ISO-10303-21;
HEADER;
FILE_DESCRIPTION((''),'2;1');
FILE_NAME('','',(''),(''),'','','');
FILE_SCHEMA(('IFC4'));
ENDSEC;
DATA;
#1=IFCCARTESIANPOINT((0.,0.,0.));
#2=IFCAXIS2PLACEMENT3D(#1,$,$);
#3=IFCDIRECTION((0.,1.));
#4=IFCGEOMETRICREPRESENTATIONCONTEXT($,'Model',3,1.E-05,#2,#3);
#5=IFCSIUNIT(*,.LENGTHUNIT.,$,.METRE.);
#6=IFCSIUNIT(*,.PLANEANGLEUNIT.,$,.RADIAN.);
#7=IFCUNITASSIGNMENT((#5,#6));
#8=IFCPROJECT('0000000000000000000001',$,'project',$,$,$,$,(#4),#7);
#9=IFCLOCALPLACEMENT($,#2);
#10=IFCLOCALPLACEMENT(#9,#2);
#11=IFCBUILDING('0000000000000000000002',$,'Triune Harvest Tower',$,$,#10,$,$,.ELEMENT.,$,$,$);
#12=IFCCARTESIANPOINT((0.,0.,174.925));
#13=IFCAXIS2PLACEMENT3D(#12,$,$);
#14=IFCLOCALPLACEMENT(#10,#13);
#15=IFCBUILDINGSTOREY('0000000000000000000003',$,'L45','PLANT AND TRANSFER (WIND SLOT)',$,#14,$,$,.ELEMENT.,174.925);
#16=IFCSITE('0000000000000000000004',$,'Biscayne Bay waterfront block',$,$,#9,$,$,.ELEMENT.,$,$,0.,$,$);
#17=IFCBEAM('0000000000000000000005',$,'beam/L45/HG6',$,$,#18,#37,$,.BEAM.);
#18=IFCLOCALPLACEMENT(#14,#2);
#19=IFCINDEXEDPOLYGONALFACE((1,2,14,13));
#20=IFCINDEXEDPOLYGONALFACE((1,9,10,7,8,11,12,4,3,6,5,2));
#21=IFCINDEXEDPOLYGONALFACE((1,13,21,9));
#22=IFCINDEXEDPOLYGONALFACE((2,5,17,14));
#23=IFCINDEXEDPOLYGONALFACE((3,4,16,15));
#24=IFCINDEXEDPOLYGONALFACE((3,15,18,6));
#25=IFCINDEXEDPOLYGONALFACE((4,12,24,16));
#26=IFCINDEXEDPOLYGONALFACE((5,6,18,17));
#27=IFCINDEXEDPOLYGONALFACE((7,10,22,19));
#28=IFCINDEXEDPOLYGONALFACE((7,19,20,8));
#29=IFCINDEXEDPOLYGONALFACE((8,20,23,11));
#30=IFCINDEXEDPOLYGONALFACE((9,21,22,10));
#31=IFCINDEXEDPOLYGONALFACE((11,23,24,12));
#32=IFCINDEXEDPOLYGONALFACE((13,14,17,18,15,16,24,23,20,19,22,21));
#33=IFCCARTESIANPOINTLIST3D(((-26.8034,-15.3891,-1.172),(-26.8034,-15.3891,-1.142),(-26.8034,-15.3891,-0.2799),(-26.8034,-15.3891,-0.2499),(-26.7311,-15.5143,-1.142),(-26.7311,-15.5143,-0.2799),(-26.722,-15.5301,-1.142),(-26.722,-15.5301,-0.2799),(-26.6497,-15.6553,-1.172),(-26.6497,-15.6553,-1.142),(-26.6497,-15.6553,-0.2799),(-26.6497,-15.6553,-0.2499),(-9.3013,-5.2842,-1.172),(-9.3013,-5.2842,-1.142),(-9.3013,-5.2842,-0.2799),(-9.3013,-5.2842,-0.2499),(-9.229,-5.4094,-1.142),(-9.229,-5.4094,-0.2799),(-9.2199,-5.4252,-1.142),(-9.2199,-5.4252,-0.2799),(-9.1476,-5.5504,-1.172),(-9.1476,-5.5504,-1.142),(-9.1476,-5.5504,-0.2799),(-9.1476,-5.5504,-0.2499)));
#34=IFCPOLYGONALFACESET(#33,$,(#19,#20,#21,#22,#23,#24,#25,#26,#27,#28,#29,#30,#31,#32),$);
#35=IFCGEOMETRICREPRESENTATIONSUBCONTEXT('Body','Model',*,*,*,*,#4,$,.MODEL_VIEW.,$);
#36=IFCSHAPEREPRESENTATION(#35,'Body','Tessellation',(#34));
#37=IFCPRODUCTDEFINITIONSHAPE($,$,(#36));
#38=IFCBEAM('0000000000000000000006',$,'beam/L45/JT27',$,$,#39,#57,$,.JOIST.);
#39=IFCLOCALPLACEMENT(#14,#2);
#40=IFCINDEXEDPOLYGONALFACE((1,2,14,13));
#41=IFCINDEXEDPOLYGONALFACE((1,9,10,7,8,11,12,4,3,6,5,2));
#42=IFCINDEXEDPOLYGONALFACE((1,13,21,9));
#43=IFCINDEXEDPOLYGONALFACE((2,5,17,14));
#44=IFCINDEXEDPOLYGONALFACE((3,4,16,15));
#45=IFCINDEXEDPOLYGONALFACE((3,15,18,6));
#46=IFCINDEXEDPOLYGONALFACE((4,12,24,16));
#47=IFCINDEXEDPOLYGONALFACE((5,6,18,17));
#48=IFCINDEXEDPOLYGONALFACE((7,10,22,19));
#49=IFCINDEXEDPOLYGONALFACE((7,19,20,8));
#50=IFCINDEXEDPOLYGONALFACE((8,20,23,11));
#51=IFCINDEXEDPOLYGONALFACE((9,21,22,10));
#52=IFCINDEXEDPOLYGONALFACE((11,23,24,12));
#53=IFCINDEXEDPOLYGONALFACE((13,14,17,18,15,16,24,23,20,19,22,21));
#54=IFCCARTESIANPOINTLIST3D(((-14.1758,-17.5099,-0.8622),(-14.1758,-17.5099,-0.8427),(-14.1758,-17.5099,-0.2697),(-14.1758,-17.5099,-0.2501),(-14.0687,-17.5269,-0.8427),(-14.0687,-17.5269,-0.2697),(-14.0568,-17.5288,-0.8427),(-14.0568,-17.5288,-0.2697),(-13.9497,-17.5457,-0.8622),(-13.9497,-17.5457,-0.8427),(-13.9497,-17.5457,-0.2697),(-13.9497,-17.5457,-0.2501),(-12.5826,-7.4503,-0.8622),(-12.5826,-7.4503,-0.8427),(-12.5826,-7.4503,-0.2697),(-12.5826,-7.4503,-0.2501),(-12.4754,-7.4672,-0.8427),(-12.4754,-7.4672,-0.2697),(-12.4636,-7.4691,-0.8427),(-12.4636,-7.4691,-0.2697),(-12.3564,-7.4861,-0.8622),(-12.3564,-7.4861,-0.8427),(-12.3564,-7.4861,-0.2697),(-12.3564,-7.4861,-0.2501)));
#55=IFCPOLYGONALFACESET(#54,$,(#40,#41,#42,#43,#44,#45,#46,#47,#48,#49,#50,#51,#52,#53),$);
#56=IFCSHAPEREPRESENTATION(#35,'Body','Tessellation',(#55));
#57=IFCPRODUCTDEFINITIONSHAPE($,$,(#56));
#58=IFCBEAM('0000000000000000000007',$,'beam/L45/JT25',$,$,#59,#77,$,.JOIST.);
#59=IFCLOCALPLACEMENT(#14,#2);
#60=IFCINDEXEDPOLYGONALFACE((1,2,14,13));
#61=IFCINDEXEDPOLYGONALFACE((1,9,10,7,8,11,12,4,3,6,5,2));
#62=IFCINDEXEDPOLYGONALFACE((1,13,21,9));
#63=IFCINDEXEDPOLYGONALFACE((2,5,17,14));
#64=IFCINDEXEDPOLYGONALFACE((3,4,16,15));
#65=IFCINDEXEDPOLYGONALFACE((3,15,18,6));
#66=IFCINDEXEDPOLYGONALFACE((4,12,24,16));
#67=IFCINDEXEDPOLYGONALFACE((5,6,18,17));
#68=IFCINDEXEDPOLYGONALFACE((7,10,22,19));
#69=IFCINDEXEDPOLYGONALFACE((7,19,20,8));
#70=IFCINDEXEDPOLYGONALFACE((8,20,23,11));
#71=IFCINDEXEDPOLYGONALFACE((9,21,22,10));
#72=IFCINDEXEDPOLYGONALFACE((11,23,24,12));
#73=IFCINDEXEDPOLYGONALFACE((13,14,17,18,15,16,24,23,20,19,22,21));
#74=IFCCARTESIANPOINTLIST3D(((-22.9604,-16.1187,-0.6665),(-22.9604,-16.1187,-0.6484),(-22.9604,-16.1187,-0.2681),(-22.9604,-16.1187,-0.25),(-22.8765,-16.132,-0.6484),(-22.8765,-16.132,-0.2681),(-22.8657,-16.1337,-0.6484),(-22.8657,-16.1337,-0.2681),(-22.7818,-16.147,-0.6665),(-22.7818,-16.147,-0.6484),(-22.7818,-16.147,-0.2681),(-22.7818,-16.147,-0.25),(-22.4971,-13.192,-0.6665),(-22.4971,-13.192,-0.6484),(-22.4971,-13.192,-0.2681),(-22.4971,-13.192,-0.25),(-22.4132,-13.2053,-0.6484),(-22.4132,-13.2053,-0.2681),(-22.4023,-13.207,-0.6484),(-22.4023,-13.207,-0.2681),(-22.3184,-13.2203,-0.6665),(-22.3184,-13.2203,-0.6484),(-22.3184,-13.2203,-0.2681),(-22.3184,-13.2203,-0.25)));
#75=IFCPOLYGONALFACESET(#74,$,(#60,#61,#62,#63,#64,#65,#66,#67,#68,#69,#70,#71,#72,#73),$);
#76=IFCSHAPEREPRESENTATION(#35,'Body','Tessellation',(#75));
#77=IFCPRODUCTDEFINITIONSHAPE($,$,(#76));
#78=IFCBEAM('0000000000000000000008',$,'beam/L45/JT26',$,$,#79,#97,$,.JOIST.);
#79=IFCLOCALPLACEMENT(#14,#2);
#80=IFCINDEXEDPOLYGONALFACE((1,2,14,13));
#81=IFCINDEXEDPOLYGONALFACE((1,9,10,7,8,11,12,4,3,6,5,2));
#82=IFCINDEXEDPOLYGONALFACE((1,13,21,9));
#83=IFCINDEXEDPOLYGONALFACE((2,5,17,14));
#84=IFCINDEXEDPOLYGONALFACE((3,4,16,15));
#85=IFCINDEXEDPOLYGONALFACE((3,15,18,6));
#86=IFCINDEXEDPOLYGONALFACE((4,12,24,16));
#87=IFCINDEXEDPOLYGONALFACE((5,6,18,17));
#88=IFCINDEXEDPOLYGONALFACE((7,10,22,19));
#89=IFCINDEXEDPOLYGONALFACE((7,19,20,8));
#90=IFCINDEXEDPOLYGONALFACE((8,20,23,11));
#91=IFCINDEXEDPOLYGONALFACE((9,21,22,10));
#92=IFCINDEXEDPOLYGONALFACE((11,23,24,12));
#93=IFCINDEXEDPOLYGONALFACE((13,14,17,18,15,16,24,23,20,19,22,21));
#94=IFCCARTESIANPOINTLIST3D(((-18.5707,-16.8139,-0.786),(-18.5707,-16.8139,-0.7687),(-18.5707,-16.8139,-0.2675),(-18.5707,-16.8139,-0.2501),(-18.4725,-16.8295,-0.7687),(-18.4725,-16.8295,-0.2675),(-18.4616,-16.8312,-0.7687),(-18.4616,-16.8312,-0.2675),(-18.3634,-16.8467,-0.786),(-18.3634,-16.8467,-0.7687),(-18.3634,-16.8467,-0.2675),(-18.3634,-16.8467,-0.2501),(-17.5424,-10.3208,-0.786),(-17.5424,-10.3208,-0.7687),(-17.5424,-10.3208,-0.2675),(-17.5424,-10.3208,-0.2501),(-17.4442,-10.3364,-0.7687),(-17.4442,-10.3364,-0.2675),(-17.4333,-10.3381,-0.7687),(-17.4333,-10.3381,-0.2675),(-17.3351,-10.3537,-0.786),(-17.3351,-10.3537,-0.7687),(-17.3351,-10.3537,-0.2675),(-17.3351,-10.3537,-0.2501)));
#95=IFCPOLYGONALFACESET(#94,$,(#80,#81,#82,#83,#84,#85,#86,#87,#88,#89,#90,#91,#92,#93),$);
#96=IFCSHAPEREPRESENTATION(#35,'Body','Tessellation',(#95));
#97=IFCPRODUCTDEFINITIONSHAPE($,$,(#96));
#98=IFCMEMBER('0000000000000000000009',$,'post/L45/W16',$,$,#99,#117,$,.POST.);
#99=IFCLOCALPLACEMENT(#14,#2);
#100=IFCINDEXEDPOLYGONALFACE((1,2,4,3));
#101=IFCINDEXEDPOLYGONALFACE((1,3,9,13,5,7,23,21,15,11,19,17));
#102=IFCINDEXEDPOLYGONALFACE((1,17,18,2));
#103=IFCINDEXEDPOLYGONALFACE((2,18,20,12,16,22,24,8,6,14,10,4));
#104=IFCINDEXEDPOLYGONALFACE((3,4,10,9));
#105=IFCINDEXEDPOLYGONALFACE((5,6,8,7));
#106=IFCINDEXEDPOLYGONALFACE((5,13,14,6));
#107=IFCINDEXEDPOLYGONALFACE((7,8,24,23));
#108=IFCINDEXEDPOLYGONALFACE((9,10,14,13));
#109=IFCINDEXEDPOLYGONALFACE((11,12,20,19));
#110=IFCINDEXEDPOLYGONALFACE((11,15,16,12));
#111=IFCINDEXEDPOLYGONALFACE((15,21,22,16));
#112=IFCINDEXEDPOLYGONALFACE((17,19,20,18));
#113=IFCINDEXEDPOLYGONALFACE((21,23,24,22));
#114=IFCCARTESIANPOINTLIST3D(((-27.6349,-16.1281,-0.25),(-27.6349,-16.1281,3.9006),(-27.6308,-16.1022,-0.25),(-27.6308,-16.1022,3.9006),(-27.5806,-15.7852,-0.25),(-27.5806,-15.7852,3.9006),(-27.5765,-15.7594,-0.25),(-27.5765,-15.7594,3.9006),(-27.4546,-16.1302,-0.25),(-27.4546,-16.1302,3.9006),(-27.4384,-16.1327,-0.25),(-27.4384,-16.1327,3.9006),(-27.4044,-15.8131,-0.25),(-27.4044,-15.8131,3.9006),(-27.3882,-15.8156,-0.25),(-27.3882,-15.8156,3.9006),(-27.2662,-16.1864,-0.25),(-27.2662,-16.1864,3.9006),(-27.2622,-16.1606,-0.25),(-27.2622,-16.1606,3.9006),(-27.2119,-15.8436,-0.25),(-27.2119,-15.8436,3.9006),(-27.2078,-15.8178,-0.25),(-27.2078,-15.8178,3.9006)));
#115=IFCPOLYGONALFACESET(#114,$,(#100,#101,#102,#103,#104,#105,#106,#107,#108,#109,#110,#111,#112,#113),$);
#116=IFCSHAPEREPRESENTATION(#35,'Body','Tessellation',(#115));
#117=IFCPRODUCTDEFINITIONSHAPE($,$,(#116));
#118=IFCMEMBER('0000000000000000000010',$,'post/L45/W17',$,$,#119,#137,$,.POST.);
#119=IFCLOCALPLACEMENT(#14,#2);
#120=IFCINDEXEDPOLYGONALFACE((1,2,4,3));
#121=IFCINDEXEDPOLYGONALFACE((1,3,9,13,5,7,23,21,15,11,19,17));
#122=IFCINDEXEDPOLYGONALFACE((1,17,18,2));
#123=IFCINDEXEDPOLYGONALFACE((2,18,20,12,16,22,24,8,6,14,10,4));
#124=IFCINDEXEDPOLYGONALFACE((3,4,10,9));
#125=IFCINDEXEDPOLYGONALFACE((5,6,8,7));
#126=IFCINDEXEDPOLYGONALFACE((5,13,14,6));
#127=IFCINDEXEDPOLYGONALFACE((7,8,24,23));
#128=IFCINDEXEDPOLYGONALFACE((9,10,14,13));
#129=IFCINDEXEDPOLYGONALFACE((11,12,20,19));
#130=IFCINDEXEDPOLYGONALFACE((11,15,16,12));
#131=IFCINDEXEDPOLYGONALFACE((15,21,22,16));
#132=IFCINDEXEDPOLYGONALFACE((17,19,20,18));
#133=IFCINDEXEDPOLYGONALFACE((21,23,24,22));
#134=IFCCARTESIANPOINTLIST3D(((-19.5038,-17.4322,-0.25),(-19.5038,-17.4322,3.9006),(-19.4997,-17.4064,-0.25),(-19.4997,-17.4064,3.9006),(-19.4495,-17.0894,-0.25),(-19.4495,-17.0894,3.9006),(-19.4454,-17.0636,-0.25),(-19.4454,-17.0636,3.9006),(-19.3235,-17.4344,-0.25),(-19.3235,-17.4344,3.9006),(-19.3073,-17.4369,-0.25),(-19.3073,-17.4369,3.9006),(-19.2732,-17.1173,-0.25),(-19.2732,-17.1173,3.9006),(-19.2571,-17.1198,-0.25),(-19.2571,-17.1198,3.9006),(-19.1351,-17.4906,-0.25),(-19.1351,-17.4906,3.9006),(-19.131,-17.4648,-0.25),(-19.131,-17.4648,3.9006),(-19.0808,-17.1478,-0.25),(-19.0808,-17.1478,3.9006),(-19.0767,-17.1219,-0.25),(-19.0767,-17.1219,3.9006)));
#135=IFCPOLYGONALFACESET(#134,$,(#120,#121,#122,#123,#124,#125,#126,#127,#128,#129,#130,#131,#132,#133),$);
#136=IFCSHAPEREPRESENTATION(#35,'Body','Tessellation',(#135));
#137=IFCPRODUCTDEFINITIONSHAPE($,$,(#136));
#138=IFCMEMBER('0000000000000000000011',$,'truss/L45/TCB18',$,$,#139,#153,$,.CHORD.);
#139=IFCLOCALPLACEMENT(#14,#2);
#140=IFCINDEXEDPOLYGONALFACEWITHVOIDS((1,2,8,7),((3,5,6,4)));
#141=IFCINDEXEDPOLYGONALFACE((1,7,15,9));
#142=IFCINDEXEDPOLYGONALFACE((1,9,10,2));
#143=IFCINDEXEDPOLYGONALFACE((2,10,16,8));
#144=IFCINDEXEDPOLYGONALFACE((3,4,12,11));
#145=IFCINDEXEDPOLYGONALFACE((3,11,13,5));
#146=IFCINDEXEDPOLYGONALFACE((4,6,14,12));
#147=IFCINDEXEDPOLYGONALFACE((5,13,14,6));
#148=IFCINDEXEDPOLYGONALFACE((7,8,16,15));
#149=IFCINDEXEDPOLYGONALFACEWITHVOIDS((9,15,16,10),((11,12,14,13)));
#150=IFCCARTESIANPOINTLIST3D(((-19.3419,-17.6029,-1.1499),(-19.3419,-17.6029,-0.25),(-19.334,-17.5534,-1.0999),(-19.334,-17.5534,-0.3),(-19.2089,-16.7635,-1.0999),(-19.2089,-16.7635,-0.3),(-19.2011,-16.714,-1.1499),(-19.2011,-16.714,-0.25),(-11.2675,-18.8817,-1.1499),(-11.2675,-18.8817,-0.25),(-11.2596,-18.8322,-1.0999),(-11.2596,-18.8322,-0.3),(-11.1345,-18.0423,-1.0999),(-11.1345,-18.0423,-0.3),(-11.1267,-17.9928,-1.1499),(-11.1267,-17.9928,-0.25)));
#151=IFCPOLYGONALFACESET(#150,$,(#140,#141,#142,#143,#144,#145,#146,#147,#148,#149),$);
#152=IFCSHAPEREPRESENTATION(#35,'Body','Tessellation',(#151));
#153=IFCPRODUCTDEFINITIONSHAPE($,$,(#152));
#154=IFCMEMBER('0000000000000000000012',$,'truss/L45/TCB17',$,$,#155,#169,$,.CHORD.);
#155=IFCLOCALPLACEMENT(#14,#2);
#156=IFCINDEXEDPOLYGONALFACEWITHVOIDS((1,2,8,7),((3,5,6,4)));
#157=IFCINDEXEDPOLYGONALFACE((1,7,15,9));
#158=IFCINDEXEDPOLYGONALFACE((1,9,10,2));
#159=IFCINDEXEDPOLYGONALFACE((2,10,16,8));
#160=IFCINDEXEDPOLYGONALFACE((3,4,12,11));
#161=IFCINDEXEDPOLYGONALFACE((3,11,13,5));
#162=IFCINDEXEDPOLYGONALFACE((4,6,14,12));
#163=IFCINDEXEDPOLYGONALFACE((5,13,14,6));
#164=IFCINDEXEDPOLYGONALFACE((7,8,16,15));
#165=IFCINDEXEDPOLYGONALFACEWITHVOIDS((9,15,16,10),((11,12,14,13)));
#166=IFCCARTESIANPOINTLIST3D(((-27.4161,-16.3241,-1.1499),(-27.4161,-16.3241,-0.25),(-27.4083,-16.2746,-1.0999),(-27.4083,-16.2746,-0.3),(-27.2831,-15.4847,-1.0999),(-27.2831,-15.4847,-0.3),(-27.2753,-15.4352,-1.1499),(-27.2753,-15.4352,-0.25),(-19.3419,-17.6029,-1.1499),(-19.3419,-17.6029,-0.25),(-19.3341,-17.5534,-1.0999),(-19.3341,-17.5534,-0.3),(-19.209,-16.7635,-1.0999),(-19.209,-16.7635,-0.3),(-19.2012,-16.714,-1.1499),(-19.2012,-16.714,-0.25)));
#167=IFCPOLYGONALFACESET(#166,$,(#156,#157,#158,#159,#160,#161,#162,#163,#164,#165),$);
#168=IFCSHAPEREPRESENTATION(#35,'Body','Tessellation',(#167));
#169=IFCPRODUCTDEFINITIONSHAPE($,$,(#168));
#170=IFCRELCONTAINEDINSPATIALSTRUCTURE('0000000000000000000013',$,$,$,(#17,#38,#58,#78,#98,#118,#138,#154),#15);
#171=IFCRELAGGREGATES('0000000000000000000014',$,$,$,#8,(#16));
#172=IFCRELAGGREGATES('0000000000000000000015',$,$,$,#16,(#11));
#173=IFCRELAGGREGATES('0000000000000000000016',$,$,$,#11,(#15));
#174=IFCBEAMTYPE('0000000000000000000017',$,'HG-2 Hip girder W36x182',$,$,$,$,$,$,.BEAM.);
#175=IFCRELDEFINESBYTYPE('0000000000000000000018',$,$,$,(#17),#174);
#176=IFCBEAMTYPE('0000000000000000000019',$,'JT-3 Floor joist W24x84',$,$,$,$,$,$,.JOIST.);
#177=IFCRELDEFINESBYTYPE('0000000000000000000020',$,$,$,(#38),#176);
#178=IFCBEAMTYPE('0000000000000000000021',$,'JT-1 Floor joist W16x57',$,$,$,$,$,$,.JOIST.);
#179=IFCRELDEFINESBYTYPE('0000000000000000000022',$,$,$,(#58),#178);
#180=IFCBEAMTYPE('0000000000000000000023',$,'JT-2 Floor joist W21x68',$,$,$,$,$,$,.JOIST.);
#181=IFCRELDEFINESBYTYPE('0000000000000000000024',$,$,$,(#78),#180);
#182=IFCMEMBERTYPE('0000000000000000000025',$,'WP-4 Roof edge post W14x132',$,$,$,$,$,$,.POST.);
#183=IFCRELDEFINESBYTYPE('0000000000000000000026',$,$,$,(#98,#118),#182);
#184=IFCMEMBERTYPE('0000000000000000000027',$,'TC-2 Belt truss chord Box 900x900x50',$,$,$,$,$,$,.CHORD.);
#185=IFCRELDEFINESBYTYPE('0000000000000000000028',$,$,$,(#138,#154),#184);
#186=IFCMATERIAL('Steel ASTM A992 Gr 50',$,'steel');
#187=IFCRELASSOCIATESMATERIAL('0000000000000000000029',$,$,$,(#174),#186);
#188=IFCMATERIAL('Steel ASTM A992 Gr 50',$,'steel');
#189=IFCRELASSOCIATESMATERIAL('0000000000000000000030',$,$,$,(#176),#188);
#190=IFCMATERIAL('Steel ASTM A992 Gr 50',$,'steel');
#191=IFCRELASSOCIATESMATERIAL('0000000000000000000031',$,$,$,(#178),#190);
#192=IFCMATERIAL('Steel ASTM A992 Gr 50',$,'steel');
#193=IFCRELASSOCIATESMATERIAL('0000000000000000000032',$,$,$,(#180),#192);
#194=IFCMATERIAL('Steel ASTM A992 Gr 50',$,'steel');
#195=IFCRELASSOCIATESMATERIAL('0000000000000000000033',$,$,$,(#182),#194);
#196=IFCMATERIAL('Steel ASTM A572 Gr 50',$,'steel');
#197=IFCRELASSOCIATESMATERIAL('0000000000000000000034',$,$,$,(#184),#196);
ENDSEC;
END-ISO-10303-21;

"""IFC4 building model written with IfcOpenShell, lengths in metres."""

from ifc_helpers import new_model, si_unit, direction, frame, origin, origin_2d, place, context, subcontext, project, spatial, hollow_rectangle, i_section, extrude, source, transform, mapped, material, material_profile, profile_set, type_object, element, save


model = new_model("IFC4")

# Units and contexts
model_context = context("Model", 3, precision=1e-05, world=origin(), true_north=direction((0.0, 1.0)))
body_context = subcontext(model_context, "Body", "Model", "MODEL_VIEW")
ifc_project = project(units=[si_unit("LENGTHUNIT", "METRE"), si_unit("PLANEANGLEUNIT", "RADIAN")], contexts=[model_context])

# Site, building, storey
site_placement = place(None, origin())
site = spatial("IfcSite", under=ifc_project, at=site_placement, Name="Biscayne Bay waterfront block", CompositionType="ELEMENT", RefElevation=0.0)
building_placement = place(site_placement, origin())
building = spatial("IfcBuilding", under=site, at=building_placement, Name="Triune Harvest Tower", CompositionType="ELEMENT")
storey_placement = place(building_placement, frame((0.0, 0.0, 174.925)))
storey = spatial("IfcBuildingStorey", under=building, at=storey_placement, Name="L45", Description="PLANT AND TRANSFER (WIND SLOT)", CompositionType="ELEMENT", Elevation=174.925)

# Beams
ifc_material_1 = material(Name="Steel ASTM A992 Gr 50", Category="steel")
ifc_material_profile_1 = material_profile(ifc_material_1, i_section(OverallWidth=0.3074, OverallDepth=0.9221, WebThickness=0.0183, FlangeThickness=0.03, at=origin_2d()), Name="W36x182")
ifc_profile_set_1 = profile_set([ifc_material_profile_1], Name="Steel ASTM A992 Gr 50")
beam_type_1 = type_object("IfcBeamType", Name="HG-2 Hip girder W36x182", PredefinedType="BEAM", material=ifc_profile_set_1)
shared_shape_1 = source(origin(), body_context, "Body", "SweptSolid", [
    extrude(i_section(OverallWidth=0.3074, OverallDepth=0.9221, WebThickness=0.0183, FlangeThickness=0.03, at=origin_2d()), origin(), (0.0, 0.0, 1.0), 20.2097),
])
beam_1_placement = place(storey_placement, frame((-26.7266, -15.5222, -0.7109), z_axis=(0.866024, 0.500003, 0.0), x_axis=(-0.500003, 0.866024, 0.0)))
element("IfcBeam", 1, at=beam_1_placement, inside=storey, type_object=beam_type_1, Name="beam/L45/HG6", PredefinedType="BEAM", context=body_context, shape_type="MappedRepresentation", body=[
    mapped(shared_shape_1, transform((0.0, 0.0, 0.0), scale=1.0)),
])
ifc_material_2 = material(Name="Steel ASTM A992 Gr 50", Category="steel")
ifc_material_profile_2 = material_profile(ifc_material_2, i_section(OverallWidth=0.229, OverallDepth=0.6121, WebThickness=0.012, FlangeThickness=0.0195, at=origin_2d()), Name="W24x84")
ifc_profile_set_2 = profile_set([ifc_material_profile_2], Name="Steel ASTM A992 Gr 50")
beam_type_2 = type_object("IfcBeamType", Name="JT-3 Floor joist W24x84", PredefinedType="JOIST", material=ifc_profile_set_2)
shared_shape_2 = source(origin(), body_context, "Body", "SweptSolid", [
    extrude(i_section(OverallWidth=0.229, OverallDepth=0.6121, WebThickness=0.012, FlangeThickness=0.0195, at=origin_2d()), origin(), (0.0, 0.0, 1.0), 10.1851),
])
beam_2_placement = place(storey_placement, frame((-14.0627, -17.5278, -0.5562), z_axis=(0.156433, 0.987689, 0.0), x_axis=(-0.987689, 0.156433, 0.0)))
element("IfcBeam", 2, at=beam_2_placement, inside=storey, type_object=beam_type_2, Name="beam/L45/JT27", PredefinedType="JOIST", context=body_context, shape_type="MappedRepresentation", body=[
    mapped(shared_shape_2, transform((0.0, 0.0, 0.0), scale=1.0)),
])
ifc_material_3 = material(Name="Steel ASTM A992 Gr 50", Category="steel")
ifc_material_profile_3 = material_profile(ifc_material_3, i_section(OverallWidth=0.1809, OverallDepth=0.4165, WebThickness=0.011, FlangeThickness=0.0181, at=origin_2d()), Name="W16x57")
ifc_profile_set_3 = profile_set([ifc_material_profile_3], Name="Steel ASTM A992 Gr 50")
beam_type_3 = type_object("IfcBeamType", Name="JT-1 Floor joist W16x57", PredefinedType="JOIST", material=ifc_profile_set_3)
shared_shape_3 = source(origin(), body_context, "Body", "SweptSolid", [
    extrude(i_section(OverallWidth=0.1809, OverallDepth=0.4165, WebThickness=0.011, FlangeThickness=0.0181, at=origin_2d()), origin(), (0.0, 0.0, 1.0), 2.9631),
])
beam_3_placement = place(storey_placement, frame((-22.8711, -16.1328, -0.4583), z_axis=(0.156377, 0.987697, 0.0), x_axis=(-0.987697, 0.156377, 0.0)))
element("IfcBeam", 3, at=beam_3_placement, inside=storey, type_object=beam_type_3, Name="beam/L45/JT25", PredefinedType="JOIST", context=body_context, shape_type="MappedRepresentation", body=[
    mapped(shared_shape_3, transform((0.0, 0.0, 0.0), scale=1.0)),
])
ifc_material_4 = material(Name="Steel ASTM A992 Gr 50", Category="steel")
ifc_material_profile_4 = material_profile(ifc_material_4, i_section(OverallWidth=0.21, OverallDepth=0.5359, WebThickness=0.011, FlangeThickness=0.0173, at=origin_2d()), Name="W21x68")
ifc_profile_set_4 = profile_set([ifc_material_profile_4], Name="Steel ASTM A992 Gr 50")
beam_type_4 = type_object("IfcBeamType", Name="JT-2 Floor joist W21x68", PredefinedType="JOIST", material=ifc_profile_set_4)
shared_shape_4 = source(origin(), body_context, "Body", "SweptSolid", [
    extrude(i_section(OverallWidth=0.21, OverallDepth=0.5359, WebThickness=0.011, FlangeThickness=0.0173, at=origin_2d()), origin(), (0.0, 0.0, 1.0), 6.574),
])
beam_4_placement = place(storey_placement, frame((-18.467, -16.8303, -0.5181), z_axis=(0.15642, 0.987691, 0.0), x_axis=(-0.987691, 0.15642, 0.0)))
element("IfcBeam", 4, at=beam_4_placement, inside=storey, type_object=beam_type_4, Name="beam/L45/JT26", PredefinedType="JOIST", context=body_context, shape_type="MappedRepresentation", body=[
    mapped(shared_shape_4, transform((0.0, 0.0, 0.0), scale=1.0)),
])

# Members
ifc_material_5 = material(Name="Steel ASTM A992 Gr 50", Category="steel")
ifc_material_profile_5 = material_profile(ifc_material_5, i_section(OverallWidth=0.3733, OverallDepth=0.3733, WebThickness=0.0164, FlangeThickness=0.0261, at=origin_2d()), Name="W14x132")
ifc_profile_set_5 = profile_set([ifc_material_profile_5], Name="Steel ASTM A992 Gr 50")
member_type_1 = type_object("IfcMemberType", Name="WP-4 Roof edge post W14x132", PredefinedType="POST", material=ifc_profile_set_5)
shared_shape_5 = source(origin(), body_context, "Body", "SweptSolid", [
    extrude(i_section(OverallWidth=0.3733, OverallDepth=0.3733, WebThickness=0.0164, FlangeThickness=0.0261, at=origin_2d()), origin(), (0.0, 0.0, 1.0), 4.1506),
])
for number, where, z_axis, x_axis, name in (
    (5, (-27.4214, -15.9729, -0.25), (0.0, 0.0, 1.0), (0.987688, -0.156434, 0.0), "post/L45/W16"),
    (6, (-19.2903, -17.2771, -0.25), (0.0, 0.0, 1.0), (0.987688, -0.156434, 0.0), "post/L45/W17"),
):
    element("IfcMember", number, at=place(storey_placement, frame(where, z_axis=z_axis, x_axis=x_axis)), inside=storey, type_object=member_type_1, Name=name, PredefinedType="POST", context=body_context, shape_type="MappedRepresentation", body=[
        mapped(shared_shape_5, transform((0.0, 0.0, 0.0), scale=1.0)),
    ])
ifc_material_6 = material(Name="Steel ASTM A572 Gr 50", Category="steel")
ifc_material_profile_6 = material_profile(ifc_material_6, hollow_rectangle(XDim=0.8999, YDim=0.8999, WallThickness=0.05, at=origin_2d()), Name="Box 900x900x50")
ifc_profile_set_6 = profile_set([ifc_material_profile_6], Name="Steel ASTM A572 Gr 50")
member_type_2 = type_object("IfcMemberType", Name="TC-2 Belt truss chord Box 900x900x50", PredefinedType="CHORD", material=ifc_profile_set_6)
shared_shape_6 = source(origin(), body_context, "Body", "SweptSolid", [
    extrude(hollow_rectangle(XDim=0.8999, YDim=0.8999, WallThickness=0.05, at=origin_2d()), origin(), (0.0, 0.0, 1.0), 8.175),
])
member_1_placement = place(storey_placement, frame((-19.2715, -17.1584, -0.7), z_axis=(0.987689, -0.156427, 0.0), x_axis=(0.156427, 0.987689, 0.0)))
element("IfcMember", 7, at=member_1_placement, inside=storey, type_object=member_type_2, Name="truss/L45/TCB18", PredefinedType="CHORD", context=body_context, shape_type="MappedRepresentation", body=[
    mapped(shared_shape_6, transform((0.0, 0.0, 0.0), scale=1.0)),
])
shared_shape_7 = source(origin(), body_context, "Body", "SweptSolid", [
    extrude(hollow_rectangle(XDim=0.8999, YDim=0.8999, WallThickness=0.05, at=origin_2d()), origin(), (0.0, 0.0, 1.0), 8.1748),
])
member_2_placement = place(storey_placement, frame((-27.3457, -15.8796, -0.7), z_axis=(0.987689, -0.156432, 0.0), x_axis=(0.156432, 0.987689, 0.0)))
element("IfcMember", 8, at=member_2_placement, inside=storey, type_object=member_type_2, Name="truss/L45/TCB17", PredefinedType="CHORD", context=body_context, shape_type="MappedRepresentation", body=[
    mapped(shared_shape_7, transform((0.0, 0.0, 0.0), scale=1.0)),
])

save(model, "model.ifc")
